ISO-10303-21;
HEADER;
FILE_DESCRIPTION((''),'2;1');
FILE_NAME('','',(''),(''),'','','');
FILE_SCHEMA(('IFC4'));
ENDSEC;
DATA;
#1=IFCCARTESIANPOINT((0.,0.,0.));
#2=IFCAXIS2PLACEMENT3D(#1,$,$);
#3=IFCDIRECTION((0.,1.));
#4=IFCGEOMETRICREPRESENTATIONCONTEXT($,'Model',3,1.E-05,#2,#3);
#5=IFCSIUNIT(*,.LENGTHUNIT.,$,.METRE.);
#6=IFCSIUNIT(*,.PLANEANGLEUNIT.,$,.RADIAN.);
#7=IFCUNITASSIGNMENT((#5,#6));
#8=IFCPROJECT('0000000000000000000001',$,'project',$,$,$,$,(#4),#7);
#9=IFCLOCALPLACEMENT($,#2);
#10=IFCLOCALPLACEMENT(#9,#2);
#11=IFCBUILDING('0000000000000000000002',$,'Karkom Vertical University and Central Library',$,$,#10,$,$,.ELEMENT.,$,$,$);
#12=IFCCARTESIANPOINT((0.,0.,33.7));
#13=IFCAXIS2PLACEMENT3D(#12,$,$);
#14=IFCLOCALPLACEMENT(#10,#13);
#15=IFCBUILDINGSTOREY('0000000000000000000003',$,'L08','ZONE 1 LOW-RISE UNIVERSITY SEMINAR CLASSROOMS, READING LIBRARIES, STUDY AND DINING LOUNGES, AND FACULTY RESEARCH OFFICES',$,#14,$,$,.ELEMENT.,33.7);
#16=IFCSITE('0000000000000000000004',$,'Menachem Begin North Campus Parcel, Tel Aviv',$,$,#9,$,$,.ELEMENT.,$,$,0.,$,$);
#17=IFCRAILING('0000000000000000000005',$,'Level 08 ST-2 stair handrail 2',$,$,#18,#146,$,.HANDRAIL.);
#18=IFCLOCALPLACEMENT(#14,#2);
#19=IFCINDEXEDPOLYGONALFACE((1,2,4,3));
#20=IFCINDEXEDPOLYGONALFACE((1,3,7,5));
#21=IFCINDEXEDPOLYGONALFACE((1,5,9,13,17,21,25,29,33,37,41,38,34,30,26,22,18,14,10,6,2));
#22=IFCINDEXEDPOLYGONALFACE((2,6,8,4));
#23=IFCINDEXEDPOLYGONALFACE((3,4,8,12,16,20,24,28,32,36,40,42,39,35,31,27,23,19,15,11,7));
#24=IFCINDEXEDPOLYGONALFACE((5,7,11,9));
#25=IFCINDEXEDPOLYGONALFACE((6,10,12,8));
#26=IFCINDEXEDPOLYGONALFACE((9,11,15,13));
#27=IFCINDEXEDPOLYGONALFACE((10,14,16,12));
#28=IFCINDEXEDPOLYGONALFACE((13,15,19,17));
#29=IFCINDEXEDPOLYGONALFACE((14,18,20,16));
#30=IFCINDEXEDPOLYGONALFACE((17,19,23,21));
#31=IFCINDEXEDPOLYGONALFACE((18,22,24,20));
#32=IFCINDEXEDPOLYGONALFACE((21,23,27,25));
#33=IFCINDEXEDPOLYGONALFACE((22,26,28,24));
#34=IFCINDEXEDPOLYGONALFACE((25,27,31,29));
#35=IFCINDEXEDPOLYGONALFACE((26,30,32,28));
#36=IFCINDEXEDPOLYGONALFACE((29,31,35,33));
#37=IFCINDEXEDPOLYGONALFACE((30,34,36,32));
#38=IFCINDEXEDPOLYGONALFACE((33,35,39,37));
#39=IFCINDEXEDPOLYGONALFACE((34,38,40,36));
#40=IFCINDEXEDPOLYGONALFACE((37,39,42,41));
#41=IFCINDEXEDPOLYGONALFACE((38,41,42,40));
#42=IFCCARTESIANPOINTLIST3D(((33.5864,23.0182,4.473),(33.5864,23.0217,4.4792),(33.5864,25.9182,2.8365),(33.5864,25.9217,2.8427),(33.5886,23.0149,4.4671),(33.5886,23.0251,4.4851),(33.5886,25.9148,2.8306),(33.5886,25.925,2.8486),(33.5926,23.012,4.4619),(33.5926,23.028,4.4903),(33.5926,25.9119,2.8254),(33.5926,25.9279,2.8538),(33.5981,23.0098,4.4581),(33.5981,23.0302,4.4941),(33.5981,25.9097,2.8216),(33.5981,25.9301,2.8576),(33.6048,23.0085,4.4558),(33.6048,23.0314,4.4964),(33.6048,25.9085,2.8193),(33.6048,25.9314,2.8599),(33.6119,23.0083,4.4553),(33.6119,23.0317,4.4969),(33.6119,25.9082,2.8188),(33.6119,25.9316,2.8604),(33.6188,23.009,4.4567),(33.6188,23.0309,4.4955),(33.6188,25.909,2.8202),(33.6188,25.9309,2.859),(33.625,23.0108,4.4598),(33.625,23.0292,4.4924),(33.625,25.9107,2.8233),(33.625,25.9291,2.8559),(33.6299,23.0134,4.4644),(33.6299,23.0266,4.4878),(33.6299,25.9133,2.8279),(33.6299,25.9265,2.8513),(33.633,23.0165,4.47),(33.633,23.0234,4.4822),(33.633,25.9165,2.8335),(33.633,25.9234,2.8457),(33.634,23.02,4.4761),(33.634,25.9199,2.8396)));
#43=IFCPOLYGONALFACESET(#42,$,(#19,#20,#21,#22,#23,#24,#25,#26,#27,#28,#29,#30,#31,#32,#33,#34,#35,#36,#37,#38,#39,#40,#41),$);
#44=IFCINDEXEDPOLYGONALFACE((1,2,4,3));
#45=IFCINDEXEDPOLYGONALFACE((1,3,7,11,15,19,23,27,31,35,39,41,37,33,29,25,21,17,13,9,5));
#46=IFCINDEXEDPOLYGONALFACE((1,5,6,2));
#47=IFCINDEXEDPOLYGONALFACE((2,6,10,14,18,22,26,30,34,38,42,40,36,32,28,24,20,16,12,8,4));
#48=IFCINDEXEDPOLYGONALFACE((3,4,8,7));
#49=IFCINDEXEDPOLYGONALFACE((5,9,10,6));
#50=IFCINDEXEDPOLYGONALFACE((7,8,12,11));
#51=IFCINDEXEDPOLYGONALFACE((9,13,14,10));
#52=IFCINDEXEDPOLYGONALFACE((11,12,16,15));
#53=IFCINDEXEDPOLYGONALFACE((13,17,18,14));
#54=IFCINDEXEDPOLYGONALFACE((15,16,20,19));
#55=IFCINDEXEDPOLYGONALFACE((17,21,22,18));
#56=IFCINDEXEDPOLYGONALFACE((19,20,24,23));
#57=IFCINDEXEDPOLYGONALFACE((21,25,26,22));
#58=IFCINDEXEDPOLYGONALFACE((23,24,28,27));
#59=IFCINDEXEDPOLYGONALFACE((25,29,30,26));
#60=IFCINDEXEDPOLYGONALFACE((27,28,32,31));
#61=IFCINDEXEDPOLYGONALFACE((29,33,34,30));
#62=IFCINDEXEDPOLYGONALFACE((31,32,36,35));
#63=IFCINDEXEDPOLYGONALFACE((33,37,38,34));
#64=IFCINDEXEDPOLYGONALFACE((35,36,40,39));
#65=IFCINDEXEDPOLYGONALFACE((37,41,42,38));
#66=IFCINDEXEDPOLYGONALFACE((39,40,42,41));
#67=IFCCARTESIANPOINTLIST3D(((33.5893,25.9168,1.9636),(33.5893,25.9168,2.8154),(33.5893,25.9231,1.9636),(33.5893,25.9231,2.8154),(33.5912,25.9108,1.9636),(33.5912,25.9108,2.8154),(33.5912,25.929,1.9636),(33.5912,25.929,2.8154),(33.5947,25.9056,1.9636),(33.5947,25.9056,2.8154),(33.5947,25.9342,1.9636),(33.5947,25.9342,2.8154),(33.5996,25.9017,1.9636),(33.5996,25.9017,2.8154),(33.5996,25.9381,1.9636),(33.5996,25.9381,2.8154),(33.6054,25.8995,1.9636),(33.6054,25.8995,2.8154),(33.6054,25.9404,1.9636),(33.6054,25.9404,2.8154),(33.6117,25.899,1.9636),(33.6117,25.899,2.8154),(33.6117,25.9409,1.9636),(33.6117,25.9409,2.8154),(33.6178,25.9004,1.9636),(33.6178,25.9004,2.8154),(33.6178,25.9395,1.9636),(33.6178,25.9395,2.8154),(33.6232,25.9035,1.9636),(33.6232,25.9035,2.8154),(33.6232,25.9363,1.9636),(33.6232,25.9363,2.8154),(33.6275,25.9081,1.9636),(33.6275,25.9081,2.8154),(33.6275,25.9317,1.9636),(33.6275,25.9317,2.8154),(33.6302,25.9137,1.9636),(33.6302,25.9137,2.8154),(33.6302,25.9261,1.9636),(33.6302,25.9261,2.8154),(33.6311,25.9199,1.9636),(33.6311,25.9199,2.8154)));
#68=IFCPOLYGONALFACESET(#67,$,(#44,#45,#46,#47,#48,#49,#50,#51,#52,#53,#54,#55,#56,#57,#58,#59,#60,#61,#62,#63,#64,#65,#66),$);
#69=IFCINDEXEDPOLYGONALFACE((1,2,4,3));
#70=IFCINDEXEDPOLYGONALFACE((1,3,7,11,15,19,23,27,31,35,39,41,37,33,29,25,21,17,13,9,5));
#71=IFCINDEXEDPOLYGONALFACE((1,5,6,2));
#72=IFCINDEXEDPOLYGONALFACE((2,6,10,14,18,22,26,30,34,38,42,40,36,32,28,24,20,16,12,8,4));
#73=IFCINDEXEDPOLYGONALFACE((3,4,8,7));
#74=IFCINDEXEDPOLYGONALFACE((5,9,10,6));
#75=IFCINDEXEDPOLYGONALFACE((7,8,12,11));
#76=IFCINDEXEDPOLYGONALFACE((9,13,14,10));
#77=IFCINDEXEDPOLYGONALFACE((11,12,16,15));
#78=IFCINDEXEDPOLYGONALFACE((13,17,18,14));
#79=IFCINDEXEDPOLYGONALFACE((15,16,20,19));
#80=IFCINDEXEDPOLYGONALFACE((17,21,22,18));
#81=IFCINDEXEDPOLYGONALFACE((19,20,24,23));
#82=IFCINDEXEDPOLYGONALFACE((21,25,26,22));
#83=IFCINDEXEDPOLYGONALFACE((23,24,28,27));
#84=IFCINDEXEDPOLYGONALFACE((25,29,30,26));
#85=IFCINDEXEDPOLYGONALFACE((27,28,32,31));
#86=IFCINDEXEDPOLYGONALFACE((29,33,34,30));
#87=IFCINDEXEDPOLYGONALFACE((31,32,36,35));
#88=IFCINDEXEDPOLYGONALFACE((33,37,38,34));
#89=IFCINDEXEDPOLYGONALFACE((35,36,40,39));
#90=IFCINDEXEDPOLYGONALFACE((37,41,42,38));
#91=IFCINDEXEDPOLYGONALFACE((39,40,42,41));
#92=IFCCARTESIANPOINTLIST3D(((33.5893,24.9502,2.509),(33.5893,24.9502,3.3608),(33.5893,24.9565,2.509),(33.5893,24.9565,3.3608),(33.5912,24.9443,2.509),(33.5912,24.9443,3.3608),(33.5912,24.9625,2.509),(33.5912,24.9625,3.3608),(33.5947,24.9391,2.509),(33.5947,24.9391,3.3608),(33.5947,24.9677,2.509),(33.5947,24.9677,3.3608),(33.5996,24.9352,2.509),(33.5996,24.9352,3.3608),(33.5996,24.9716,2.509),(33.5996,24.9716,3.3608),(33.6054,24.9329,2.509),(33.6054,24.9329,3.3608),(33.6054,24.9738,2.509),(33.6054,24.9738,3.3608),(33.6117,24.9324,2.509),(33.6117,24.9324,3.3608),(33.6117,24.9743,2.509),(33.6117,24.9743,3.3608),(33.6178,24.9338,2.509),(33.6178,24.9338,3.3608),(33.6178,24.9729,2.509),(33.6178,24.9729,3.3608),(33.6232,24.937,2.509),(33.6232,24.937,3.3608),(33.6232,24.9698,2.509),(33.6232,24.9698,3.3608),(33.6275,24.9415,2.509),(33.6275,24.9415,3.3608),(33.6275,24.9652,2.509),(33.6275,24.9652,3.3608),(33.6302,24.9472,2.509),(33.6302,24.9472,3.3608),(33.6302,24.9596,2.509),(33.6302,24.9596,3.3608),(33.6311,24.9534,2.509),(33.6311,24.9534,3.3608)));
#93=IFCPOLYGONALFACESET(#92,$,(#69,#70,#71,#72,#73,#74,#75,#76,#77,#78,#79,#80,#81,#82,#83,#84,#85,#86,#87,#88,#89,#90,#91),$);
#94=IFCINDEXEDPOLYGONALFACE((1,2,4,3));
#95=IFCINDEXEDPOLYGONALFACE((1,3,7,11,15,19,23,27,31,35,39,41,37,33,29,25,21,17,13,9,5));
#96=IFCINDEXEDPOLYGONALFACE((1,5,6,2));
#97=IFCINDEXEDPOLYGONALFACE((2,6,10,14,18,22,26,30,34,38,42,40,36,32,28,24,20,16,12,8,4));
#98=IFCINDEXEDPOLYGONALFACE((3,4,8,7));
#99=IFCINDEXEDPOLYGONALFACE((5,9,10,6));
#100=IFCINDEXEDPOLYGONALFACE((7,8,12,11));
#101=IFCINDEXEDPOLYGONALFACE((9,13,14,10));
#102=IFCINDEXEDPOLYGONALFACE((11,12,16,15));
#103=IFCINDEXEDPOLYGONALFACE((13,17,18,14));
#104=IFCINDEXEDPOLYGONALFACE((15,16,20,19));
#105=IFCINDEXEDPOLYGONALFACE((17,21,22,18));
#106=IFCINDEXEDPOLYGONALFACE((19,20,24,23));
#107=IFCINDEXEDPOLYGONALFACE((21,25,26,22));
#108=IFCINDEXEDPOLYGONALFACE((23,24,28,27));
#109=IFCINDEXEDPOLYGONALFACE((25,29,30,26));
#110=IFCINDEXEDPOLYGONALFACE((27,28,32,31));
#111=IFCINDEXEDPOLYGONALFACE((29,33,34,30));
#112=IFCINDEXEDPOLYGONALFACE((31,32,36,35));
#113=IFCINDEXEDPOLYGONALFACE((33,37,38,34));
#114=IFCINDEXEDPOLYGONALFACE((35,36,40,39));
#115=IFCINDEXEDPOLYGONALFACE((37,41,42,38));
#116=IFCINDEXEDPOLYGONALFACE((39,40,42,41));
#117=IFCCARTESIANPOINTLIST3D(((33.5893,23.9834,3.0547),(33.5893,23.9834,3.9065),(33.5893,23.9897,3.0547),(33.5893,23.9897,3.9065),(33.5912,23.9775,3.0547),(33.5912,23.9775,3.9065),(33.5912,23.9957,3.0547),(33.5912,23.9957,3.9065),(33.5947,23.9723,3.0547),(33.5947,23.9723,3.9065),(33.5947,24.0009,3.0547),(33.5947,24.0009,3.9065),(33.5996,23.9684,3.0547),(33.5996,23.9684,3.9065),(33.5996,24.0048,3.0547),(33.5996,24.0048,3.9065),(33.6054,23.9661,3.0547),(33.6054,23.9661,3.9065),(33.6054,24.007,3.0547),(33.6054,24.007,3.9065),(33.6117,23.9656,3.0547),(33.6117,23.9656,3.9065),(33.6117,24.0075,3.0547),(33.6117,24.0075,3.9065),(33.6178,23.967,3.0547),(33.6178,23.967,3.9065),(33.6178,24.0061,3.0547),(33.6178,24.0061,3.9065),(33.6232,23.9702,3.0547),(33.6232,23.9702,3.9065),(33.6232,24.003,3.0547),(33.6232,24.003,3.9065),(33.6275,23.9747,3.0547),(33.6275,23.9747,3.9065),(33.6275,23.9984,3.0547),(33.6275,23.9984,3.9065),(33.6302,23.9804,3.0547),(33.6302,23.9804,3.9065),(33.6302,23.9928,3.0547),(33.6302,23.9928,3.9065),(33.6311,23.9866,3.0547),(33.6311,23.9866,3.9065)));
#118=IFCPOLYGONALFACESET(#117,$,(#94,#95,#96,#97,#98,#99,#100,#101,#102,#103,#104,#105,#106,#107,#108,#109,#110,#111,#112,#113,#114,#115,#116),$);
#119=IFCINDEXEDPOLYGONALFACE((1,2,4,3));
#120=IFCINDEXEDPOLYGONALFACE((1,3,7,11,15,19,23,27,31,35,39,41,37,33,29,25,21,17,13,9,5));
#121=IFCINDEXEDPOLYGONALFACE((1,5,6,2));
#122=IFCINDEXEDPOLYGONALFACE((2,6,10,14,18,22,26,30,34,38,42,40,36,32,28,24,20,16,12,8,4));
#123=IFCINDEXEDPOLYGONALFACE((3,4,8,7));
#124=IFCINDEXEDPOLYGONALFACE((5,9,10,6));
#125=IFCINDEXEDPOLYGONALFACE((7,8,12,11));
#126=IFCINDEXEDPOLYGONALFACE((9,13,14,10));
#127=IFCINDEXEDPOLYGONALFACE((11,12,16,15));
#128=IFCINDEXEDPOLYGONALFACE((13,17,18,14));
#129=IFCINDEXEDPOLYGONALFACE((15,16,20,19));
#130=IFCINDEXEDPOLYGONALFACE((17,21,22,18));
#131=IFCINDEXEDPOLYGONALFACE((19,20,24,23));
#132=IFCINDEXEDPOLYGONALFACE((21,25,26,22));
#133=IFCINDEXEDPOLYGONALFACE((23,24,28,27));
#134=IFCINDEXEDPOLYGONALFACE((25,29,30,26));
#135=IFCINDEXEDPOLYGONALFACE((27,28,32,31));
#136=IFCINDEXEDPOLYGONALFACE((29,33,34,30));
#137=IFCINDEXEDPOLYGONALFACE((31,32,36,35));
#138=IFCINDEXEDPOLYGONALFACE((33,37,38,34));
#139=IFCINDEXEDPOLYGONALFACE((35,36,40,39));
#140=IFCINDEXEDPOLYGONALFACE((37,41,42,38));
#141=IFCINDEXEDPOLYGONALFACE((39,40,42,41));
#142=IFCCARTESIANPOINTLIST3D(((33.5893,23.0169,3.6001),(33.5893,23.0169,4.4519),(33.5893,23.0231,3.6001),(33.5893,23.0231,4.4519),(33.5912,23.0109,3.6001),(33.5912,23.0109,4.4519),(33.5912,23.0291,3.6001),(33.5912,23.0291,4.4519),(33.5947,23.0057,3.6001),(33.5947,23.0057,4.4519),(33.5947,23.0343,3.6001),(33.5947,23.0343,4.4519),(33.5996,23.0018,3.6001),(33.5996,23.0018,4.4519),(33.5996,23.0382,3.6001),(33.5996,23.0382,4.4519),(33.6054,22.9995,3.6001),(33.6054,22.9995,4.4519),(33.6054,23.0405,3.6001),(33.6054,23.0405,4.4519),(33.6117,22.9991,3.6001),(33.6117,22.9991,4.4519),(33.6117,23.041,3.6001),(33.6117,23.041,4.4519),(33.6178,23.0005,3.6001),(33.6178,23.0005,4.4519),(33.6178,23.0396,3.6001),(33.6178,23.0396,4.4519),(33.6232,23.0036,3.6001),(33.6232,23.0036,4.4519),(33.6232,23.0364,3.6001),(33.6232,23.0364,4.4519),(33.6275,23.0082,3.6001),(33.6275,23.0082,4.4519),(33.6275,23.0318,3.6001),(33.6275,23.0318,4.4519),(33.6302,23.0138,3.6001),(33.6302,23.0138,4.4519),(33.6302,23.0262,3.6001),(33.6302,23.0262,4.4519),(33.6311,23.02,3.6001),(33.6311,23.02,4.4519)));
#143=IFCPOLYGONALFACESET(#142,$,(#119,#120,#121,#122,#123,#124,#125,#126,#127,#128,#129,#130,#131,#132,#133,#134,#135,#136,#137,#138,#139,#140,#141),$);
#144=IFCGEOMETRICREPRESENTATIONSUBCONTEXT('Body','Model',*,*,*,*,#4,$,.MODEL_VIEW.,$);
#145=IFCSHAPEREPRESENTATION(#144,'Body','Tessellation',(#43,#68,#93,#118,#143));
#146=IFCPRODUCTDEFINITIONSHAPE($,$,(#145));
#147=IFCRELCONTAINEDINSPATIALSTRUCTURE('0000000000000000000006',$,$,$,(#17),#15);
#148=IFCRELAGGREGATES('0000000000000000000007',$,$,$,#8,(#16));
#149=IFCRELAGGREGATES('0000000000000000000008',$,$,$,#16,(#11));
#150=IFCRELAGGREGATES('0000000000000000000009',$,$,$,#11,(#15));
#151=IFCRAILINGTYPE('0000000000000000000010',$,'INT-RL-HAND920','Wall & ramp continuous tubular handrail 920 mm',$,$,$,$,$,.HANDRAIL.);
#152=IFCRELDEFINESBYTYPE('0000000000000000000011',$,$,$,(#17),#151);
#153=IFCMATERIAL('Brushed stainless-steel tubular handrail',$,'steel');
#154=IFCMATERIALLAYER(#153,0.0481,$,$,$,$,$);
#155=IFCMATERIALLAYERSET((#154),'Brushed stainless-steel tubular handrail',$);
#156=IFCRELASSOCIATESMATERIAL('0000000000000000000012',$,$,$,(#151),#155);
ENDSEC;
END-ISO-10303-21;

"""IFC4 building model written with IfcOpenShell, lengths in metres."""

from ifc_helpers import new_model, si_unit, direction, frame, origin, origin_2d, place, context, subcontext, project, spatial, circle, extrude, material, layer, layer_set, type_object, element, save


model = new_model("IFC4")

# Units and contexts
model_context = context("Model", 3, precision=1e-05, world=origin(), true_north=direction((0.0, 1.0)))
body_context = subcontext(model_context, "Body", "Model", "MODEL_VIEW")
ifc_project = project(units=[si_unit("LENGTHUNIT", "METRE"), si_unit("PLANEANGLEUNIT", "RADIAN")], contexts=[model_context])

# Site, building, storey
site_placement = place(None, origin())
site = spatial("IfcSite", under=ifc_project, at=site_placement, Name="Menachem Begin North Campus Parcel, Tel Aviv", CompositionType="ELEMENT", RefElevation=0.0)
building_placement = place(site_placement, origin())
building = spatial("IfcBuilding", under=site, at=building_placement, Name="Karkom Vertical University and Central Library", CompositionType="ELEMENT")
storey_placement = place(building_placement, frame((0.0, 0.0, 33.7)))
storey = spatial("IfcBuildingStorey", under=building, at=storey_placement, Name="L08", Description="ZONE 1 LOW-RISE UNIVERSITY SEMINAR CLASSROOMS, READING LIBRARIES, STUDY AND DINING LOUNGES, AND FACULTY RESEARCH OFFICES", CompositionType="ELEMENT", Elevation=33.7)

# Railing
ifc_material_1 = material(Name="Brushed stainless-steel tubular handrail", Category="steel")
ifc_layer_1 = layer(ifc_material_1, 0.0481)
ifc_layer_set_1 = layer_set([ifc_layer_1], Name="Brushed stainless-steel tubular handrail")
railing_type_1 = type_object("IfcRailingType", Name="INT-RL-HAND920", Description="Wall & ramp continuous tubular handrail 920 mm", PredefinedType="HANDRAIL", material=ifc_layer_set_1)
railing_1_placement = place(storey_placement, frame((33.6101, 25.9199, 1.9636)))
element("IfcRailing", 1, at=railing_1_placement, inside=storey, type_object=railing_type_1, Name="Level 08 ST-2 stair handrail 2", PredefinedType="HANDRAIL", context=body_context, shape_type="SweptSolid", body=[
    extrude(circle(Radius=0.0239, at=origin_2d()), frame((0.0, 0.0, 0.876), z_axis=(0.0, -0.870897, 0.491465), x_axis=(1.0, 0.0, 0.0)), (0.0, 0.0, 1.0), 3.3298),
    extrude(circle(Radius=0.021, at=origin_2d()), origin(), (0.0, 0.0, 1.0), 0.8518),
    extrude(circle(Radius=0.021, at=origin_2d()), frame((0.0, -0.9666, 0.5454)), (0.0, 0.0, 1.0), 0.8518),
    extrude(circle(Radius=0.021, at=origin_2d()), frame((0.0, -1.9333, 1.0911)), (0.0, 0.0, 1.0), 0.8518),
    extrude(circle(Radius=0.021, at=origin_2d()), frame((0.0, -2.8999, 1.6365)), (0.0, 0.0, 1.0), 0.8518),
])

save(model, "model.ifc")
